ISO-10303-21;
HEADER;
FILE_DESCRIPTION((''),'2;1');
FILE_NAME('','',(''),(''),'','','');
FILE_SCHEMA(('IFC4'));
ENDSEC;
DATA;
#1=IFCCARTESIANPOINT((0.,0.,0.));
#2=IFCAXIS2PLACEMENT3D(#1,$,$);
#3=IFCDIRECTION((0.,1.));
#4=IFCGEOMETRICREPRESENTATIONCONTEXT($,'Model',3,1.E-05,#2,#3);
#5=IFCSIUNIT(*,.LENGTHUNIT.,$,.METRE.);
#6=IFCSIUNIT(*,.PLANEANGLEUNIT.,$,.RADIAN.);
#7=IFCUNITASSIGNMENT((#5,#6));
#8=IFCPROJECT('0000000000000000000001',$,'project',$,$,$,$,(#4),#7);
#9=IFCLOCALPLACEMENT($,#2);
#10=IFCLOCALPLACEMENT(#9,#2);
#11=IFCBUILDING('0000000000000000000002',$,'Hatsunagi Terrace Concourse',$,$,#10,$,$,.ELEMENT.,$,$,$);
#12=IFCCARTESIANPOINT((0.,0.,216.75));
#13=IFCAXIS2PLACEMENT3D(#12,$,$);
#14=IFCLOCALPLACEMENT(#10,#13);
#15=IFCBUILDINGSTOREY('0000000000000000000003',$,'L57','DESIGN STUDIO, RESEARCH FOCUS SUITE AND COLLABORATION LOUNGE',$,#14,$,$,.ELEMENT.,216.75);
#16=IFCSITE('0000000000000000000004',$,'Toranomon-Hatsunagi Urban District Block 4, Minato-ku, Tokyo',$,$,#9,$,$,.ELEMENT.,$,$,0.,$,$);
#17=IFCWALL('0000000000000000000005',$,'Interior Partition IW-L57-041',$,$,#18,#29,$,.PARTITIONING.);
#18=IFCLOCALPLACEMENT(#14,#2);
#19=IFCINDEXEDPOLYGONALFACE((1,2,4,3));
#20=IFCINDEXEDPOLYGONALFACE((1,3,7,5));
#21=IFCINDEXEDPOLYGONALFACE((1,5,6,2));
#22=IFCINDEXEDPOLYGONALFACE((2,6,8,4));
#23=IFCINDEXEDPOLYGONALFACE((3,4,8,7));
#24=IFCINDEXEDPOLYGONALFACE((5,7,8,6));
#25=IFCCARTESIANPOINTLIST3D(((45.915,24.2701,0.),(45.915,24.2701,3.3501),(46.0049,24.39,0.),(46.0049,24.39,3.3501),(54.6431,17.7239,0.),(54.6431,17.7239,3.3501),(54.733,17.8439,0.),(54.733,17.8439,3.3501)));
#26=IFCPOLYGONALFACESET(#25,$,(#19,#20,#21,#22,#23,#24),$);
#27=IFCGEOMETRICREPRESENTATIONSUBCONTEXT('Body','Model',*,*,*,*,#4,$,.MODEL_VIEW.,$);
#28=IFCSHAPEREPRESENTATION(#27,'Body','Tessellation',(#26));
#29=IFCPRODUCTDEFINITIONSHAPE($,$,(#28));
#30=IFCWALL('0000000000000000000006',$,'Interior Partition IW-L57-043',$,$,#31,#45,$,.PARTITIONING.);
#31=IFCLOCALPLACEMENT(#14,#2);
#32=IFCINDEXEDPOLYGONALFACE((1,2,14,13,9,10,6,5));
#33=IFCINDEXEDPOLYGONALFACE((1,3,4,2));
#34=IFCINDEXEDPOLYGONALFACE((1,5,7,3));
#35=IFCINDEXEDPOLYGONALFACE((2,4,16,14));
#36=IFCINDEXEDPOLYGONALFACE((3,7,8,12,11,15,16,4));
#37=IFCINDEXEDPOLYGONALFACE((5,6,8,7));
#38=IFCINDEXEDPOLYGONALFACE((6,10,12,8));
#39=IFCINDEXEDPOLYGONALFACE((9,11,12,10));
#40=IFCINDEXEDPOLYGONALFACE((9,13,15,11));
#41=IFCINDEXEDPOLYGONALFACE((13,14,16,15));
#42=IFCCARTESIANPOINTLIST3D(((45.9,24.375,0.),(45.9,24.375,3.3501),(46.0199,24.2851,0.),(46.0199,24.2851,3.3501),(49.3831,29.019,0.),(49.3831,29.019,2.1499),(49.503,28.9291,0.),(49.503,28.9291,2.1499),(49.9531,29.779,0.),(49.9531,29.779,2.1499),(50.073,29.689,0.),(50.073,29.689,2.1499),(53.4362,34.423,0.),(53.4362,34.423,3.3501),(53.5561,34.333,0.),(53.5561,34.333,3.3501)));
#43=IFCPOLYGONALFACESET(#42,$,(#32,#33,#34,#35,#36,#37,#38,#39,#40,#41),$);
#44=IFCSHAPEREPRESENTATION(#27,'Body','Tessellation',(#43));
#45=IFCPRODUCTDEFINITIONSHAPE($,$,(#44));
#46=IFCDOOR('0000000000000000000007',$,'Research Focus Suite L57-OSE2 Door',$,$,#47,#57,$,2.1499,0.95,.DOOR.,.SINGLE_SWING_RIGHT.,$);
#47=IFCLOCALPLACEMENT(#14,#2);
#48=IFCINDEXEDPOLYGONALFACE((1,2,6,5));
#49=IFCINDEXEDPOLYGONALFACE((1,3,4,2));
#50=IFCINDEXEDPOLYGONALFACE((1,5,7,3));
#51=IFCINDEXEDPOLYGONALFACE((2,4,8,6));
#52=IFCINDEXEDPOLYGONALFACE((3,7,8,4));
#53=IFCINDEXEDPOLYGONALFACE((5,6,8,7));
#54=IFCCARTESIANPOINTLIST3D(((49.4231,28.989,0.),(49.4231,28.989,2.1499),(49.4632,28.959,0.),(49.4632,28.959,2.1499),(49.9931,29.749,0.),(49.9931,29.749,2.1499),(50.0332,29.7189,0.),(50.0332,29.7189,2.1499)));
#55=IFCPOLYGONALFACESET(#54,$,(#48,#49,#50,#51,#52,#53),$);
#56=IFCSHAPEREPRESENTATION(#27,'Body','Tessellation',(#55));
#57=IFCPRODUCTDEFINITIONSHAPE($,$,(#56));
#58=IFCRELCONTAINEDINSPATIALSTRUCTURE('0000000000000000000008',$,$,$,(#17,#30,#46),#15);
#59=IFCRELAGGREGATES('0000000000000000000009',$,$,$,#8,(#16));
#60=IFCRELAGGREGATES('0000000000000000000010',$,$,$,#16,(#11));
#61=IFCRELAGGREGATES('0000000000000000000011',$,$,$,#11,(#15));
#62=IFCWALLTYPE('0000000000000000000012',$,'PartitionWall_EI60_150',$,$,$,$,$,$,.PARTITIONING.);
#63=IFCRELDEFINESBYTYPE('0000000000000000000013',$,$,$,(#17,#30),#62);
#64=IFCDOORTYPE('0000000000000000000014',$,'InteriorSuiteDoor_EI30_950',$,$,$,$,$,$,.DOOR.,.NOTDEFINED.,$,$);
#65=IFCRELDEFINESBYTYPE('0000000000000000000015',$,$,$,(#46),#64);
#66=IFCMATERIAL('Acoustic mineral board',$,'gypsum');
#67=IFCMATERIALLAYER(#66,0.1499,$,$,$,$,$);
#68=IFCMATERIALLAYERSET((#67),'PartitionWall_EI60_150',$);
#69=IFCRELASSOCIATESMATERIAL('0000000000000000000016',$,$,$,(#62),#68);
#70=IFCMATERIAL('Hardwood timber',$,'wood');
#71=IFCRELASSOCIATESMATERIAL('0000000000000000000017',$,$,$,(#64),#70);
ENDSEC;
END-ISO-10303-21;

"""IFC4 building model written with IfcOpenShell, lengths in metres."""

from ifc_helpers import new_model, si_unit, direction, frame, frame_2d, origin, place, context, subcontext, project, spatial, rectangle, extrude, material, layer, layer_set, type_object, element, fill, save


model = new_model("IFC4")

# Units and contexts
model_context = context("Model", 3, precision=1e-05, world=origin(), true_north=direction((0.0, 1.0)))
body_context = subcontext(model_context, "Body", "Model", "MODEL_VIEW")
ifc_project = project(units=[si_unit("LENGTHUNIT", "METRE"), si_unit("PLANEANGLEUNIT", "RADIAN")], contexts=[model_context])

# Site, building, storey
site_placement = place(None, origin())
site = spatial("IfcSite", under=ifc_project, at=site_placement, Name="Toranomon-Hatsunagi Urban District Block 4, Minato-ku, Tokyo", CompositionType="ELEMENT", RefElevation=0.0)
building_placement = place(site_placement, origin())
building = spatial("IfcBuilding", under=site, at=building_placement, Name="Hatsunagi Terrace Concourse", CompositionType="ELEMENT")
storey_placement = place(building_placement, frame((0.0, 0.0, 216.75)))
storey = spatial("IfcBuildingStorey", under=building, at=storey_placement, Name="L57", Description="DESIGN STUDIO, RESEARCH FOCUS SUITE AND COLLABORATION LOUNGE", CompositionType="ELEMENT", Elevation=216.75)

# Wall
ifc_material_1 = material(Name="Acoustic mineral board", Category="gypsum")
ifc_layer_1 = layer(ifc_material_1, 0.1499)
ifc_layer_set_1 = layer_set([ifc_layer_1], Name="PartitionWall_EI60_150")
wall_type_1 = type_object("IfcWallType", Name="PartitionWall_EI60_150", PredefinedType="PARTITIONING", material=ifc_layer_set_1)
wall_1_placement = place(storey_placement, frame((45.96, 24.3301, 0.0), z_axis=(0.0, 0.0, 1.0), x_axis=(0.799995, -0.600007, 0.0)))
element("IfcWall", 1, at=wall_1_placement, inside=storey, type_object=wall_type_1, Name="Interior Partition IW-L57-041", PredefinedType="PARTITIONING", context=body_context, shape_type="SweptSolid", body=[
    extrude(rectangle(XDim=10.9102, YDim=0.1499, at=frame_2d((5.4551, 0.0))), origin(), (0.0, 0.0, 1.0), 3.3501),
])

# Wall, opening, door
wall_2_placement = place(storey_placement, frame((45.96, 24.3301, 0.0), z_axis=(0.0, 0.0, 1.0), x_axis=(0.600012, 0.799991, 0.0)))
wall_2 = element("IfcWall", 2, at=wall_2_placement, inside=storey, type_object=wall_type_1, Name="Interior Partition IW-L57-043", PredefinedType="PARTITIONING", context=body_context, shape_type="SweptSolid", body=[
    extrude(rectangle(XDim=12.5601, YDim=0.1499, at=frame_2d((6.28, 0.0))), origin(), (0.0, 0.0, 1.0), 3.3501),
])
opening_1_placement = place(wall_2_placement, frame((5.8049, 0.0, 0.0)))
opening_1 = element("IfcOpeningElement", 3, at=opening_1_placement, cuts=wall_2, PredefinedType="OPENING", context=body_context, shape_type="SweptSolid", body=[
    extrude(rectangle(XDim=0.95, YDim=2.1499, at=frame_2d((0.4751, 1.075))), frame((0.0, 0.085, 0.0), z_axis=(0.0, -1.0, 0.0), x_axis=(1.0, 0.0, 0.0)), (0.0, 0.0, 1.0), 0.1699),
])
ifc_material_2 = material(Name="Hardwood timber", Category="wood")
door_type_1 = type_object("IfcDoorType", Name="InteriorSuiteDoor_EI30_950", OperationType="NOTDEFINED", PredefinedType="DOOR", material=ifc_material_2)
door_1_placement = place(opening_1_placement, origin())
door_1 = element("IfcDoor", 4, at=door_1_placement, inside=storey, type_object=door_type_1, Name="Research Focus Suite L57-OSE2 Door", OperationType="SINGLE_SWING_RIGHT", OverallHeight=2.1499, OverallWidth=0.95, PredefinedType="DOOR", context=body_context, shape_type="SweptSolid", body=[
    extrude(rectangle(XDim=0.95, YDim=2.1499, at=frame_2d((0.4751, 1.075))), frame((0.0, 0.0249, 0.0), z_axis=(0.0, -1.0, 0.0), x_axis=(1.0, 0.0, 0.0)), (0.0, 0.0, 1.0), 0.05),
])
fill(opening_1, door_1)

save(model, "model.ifc")
